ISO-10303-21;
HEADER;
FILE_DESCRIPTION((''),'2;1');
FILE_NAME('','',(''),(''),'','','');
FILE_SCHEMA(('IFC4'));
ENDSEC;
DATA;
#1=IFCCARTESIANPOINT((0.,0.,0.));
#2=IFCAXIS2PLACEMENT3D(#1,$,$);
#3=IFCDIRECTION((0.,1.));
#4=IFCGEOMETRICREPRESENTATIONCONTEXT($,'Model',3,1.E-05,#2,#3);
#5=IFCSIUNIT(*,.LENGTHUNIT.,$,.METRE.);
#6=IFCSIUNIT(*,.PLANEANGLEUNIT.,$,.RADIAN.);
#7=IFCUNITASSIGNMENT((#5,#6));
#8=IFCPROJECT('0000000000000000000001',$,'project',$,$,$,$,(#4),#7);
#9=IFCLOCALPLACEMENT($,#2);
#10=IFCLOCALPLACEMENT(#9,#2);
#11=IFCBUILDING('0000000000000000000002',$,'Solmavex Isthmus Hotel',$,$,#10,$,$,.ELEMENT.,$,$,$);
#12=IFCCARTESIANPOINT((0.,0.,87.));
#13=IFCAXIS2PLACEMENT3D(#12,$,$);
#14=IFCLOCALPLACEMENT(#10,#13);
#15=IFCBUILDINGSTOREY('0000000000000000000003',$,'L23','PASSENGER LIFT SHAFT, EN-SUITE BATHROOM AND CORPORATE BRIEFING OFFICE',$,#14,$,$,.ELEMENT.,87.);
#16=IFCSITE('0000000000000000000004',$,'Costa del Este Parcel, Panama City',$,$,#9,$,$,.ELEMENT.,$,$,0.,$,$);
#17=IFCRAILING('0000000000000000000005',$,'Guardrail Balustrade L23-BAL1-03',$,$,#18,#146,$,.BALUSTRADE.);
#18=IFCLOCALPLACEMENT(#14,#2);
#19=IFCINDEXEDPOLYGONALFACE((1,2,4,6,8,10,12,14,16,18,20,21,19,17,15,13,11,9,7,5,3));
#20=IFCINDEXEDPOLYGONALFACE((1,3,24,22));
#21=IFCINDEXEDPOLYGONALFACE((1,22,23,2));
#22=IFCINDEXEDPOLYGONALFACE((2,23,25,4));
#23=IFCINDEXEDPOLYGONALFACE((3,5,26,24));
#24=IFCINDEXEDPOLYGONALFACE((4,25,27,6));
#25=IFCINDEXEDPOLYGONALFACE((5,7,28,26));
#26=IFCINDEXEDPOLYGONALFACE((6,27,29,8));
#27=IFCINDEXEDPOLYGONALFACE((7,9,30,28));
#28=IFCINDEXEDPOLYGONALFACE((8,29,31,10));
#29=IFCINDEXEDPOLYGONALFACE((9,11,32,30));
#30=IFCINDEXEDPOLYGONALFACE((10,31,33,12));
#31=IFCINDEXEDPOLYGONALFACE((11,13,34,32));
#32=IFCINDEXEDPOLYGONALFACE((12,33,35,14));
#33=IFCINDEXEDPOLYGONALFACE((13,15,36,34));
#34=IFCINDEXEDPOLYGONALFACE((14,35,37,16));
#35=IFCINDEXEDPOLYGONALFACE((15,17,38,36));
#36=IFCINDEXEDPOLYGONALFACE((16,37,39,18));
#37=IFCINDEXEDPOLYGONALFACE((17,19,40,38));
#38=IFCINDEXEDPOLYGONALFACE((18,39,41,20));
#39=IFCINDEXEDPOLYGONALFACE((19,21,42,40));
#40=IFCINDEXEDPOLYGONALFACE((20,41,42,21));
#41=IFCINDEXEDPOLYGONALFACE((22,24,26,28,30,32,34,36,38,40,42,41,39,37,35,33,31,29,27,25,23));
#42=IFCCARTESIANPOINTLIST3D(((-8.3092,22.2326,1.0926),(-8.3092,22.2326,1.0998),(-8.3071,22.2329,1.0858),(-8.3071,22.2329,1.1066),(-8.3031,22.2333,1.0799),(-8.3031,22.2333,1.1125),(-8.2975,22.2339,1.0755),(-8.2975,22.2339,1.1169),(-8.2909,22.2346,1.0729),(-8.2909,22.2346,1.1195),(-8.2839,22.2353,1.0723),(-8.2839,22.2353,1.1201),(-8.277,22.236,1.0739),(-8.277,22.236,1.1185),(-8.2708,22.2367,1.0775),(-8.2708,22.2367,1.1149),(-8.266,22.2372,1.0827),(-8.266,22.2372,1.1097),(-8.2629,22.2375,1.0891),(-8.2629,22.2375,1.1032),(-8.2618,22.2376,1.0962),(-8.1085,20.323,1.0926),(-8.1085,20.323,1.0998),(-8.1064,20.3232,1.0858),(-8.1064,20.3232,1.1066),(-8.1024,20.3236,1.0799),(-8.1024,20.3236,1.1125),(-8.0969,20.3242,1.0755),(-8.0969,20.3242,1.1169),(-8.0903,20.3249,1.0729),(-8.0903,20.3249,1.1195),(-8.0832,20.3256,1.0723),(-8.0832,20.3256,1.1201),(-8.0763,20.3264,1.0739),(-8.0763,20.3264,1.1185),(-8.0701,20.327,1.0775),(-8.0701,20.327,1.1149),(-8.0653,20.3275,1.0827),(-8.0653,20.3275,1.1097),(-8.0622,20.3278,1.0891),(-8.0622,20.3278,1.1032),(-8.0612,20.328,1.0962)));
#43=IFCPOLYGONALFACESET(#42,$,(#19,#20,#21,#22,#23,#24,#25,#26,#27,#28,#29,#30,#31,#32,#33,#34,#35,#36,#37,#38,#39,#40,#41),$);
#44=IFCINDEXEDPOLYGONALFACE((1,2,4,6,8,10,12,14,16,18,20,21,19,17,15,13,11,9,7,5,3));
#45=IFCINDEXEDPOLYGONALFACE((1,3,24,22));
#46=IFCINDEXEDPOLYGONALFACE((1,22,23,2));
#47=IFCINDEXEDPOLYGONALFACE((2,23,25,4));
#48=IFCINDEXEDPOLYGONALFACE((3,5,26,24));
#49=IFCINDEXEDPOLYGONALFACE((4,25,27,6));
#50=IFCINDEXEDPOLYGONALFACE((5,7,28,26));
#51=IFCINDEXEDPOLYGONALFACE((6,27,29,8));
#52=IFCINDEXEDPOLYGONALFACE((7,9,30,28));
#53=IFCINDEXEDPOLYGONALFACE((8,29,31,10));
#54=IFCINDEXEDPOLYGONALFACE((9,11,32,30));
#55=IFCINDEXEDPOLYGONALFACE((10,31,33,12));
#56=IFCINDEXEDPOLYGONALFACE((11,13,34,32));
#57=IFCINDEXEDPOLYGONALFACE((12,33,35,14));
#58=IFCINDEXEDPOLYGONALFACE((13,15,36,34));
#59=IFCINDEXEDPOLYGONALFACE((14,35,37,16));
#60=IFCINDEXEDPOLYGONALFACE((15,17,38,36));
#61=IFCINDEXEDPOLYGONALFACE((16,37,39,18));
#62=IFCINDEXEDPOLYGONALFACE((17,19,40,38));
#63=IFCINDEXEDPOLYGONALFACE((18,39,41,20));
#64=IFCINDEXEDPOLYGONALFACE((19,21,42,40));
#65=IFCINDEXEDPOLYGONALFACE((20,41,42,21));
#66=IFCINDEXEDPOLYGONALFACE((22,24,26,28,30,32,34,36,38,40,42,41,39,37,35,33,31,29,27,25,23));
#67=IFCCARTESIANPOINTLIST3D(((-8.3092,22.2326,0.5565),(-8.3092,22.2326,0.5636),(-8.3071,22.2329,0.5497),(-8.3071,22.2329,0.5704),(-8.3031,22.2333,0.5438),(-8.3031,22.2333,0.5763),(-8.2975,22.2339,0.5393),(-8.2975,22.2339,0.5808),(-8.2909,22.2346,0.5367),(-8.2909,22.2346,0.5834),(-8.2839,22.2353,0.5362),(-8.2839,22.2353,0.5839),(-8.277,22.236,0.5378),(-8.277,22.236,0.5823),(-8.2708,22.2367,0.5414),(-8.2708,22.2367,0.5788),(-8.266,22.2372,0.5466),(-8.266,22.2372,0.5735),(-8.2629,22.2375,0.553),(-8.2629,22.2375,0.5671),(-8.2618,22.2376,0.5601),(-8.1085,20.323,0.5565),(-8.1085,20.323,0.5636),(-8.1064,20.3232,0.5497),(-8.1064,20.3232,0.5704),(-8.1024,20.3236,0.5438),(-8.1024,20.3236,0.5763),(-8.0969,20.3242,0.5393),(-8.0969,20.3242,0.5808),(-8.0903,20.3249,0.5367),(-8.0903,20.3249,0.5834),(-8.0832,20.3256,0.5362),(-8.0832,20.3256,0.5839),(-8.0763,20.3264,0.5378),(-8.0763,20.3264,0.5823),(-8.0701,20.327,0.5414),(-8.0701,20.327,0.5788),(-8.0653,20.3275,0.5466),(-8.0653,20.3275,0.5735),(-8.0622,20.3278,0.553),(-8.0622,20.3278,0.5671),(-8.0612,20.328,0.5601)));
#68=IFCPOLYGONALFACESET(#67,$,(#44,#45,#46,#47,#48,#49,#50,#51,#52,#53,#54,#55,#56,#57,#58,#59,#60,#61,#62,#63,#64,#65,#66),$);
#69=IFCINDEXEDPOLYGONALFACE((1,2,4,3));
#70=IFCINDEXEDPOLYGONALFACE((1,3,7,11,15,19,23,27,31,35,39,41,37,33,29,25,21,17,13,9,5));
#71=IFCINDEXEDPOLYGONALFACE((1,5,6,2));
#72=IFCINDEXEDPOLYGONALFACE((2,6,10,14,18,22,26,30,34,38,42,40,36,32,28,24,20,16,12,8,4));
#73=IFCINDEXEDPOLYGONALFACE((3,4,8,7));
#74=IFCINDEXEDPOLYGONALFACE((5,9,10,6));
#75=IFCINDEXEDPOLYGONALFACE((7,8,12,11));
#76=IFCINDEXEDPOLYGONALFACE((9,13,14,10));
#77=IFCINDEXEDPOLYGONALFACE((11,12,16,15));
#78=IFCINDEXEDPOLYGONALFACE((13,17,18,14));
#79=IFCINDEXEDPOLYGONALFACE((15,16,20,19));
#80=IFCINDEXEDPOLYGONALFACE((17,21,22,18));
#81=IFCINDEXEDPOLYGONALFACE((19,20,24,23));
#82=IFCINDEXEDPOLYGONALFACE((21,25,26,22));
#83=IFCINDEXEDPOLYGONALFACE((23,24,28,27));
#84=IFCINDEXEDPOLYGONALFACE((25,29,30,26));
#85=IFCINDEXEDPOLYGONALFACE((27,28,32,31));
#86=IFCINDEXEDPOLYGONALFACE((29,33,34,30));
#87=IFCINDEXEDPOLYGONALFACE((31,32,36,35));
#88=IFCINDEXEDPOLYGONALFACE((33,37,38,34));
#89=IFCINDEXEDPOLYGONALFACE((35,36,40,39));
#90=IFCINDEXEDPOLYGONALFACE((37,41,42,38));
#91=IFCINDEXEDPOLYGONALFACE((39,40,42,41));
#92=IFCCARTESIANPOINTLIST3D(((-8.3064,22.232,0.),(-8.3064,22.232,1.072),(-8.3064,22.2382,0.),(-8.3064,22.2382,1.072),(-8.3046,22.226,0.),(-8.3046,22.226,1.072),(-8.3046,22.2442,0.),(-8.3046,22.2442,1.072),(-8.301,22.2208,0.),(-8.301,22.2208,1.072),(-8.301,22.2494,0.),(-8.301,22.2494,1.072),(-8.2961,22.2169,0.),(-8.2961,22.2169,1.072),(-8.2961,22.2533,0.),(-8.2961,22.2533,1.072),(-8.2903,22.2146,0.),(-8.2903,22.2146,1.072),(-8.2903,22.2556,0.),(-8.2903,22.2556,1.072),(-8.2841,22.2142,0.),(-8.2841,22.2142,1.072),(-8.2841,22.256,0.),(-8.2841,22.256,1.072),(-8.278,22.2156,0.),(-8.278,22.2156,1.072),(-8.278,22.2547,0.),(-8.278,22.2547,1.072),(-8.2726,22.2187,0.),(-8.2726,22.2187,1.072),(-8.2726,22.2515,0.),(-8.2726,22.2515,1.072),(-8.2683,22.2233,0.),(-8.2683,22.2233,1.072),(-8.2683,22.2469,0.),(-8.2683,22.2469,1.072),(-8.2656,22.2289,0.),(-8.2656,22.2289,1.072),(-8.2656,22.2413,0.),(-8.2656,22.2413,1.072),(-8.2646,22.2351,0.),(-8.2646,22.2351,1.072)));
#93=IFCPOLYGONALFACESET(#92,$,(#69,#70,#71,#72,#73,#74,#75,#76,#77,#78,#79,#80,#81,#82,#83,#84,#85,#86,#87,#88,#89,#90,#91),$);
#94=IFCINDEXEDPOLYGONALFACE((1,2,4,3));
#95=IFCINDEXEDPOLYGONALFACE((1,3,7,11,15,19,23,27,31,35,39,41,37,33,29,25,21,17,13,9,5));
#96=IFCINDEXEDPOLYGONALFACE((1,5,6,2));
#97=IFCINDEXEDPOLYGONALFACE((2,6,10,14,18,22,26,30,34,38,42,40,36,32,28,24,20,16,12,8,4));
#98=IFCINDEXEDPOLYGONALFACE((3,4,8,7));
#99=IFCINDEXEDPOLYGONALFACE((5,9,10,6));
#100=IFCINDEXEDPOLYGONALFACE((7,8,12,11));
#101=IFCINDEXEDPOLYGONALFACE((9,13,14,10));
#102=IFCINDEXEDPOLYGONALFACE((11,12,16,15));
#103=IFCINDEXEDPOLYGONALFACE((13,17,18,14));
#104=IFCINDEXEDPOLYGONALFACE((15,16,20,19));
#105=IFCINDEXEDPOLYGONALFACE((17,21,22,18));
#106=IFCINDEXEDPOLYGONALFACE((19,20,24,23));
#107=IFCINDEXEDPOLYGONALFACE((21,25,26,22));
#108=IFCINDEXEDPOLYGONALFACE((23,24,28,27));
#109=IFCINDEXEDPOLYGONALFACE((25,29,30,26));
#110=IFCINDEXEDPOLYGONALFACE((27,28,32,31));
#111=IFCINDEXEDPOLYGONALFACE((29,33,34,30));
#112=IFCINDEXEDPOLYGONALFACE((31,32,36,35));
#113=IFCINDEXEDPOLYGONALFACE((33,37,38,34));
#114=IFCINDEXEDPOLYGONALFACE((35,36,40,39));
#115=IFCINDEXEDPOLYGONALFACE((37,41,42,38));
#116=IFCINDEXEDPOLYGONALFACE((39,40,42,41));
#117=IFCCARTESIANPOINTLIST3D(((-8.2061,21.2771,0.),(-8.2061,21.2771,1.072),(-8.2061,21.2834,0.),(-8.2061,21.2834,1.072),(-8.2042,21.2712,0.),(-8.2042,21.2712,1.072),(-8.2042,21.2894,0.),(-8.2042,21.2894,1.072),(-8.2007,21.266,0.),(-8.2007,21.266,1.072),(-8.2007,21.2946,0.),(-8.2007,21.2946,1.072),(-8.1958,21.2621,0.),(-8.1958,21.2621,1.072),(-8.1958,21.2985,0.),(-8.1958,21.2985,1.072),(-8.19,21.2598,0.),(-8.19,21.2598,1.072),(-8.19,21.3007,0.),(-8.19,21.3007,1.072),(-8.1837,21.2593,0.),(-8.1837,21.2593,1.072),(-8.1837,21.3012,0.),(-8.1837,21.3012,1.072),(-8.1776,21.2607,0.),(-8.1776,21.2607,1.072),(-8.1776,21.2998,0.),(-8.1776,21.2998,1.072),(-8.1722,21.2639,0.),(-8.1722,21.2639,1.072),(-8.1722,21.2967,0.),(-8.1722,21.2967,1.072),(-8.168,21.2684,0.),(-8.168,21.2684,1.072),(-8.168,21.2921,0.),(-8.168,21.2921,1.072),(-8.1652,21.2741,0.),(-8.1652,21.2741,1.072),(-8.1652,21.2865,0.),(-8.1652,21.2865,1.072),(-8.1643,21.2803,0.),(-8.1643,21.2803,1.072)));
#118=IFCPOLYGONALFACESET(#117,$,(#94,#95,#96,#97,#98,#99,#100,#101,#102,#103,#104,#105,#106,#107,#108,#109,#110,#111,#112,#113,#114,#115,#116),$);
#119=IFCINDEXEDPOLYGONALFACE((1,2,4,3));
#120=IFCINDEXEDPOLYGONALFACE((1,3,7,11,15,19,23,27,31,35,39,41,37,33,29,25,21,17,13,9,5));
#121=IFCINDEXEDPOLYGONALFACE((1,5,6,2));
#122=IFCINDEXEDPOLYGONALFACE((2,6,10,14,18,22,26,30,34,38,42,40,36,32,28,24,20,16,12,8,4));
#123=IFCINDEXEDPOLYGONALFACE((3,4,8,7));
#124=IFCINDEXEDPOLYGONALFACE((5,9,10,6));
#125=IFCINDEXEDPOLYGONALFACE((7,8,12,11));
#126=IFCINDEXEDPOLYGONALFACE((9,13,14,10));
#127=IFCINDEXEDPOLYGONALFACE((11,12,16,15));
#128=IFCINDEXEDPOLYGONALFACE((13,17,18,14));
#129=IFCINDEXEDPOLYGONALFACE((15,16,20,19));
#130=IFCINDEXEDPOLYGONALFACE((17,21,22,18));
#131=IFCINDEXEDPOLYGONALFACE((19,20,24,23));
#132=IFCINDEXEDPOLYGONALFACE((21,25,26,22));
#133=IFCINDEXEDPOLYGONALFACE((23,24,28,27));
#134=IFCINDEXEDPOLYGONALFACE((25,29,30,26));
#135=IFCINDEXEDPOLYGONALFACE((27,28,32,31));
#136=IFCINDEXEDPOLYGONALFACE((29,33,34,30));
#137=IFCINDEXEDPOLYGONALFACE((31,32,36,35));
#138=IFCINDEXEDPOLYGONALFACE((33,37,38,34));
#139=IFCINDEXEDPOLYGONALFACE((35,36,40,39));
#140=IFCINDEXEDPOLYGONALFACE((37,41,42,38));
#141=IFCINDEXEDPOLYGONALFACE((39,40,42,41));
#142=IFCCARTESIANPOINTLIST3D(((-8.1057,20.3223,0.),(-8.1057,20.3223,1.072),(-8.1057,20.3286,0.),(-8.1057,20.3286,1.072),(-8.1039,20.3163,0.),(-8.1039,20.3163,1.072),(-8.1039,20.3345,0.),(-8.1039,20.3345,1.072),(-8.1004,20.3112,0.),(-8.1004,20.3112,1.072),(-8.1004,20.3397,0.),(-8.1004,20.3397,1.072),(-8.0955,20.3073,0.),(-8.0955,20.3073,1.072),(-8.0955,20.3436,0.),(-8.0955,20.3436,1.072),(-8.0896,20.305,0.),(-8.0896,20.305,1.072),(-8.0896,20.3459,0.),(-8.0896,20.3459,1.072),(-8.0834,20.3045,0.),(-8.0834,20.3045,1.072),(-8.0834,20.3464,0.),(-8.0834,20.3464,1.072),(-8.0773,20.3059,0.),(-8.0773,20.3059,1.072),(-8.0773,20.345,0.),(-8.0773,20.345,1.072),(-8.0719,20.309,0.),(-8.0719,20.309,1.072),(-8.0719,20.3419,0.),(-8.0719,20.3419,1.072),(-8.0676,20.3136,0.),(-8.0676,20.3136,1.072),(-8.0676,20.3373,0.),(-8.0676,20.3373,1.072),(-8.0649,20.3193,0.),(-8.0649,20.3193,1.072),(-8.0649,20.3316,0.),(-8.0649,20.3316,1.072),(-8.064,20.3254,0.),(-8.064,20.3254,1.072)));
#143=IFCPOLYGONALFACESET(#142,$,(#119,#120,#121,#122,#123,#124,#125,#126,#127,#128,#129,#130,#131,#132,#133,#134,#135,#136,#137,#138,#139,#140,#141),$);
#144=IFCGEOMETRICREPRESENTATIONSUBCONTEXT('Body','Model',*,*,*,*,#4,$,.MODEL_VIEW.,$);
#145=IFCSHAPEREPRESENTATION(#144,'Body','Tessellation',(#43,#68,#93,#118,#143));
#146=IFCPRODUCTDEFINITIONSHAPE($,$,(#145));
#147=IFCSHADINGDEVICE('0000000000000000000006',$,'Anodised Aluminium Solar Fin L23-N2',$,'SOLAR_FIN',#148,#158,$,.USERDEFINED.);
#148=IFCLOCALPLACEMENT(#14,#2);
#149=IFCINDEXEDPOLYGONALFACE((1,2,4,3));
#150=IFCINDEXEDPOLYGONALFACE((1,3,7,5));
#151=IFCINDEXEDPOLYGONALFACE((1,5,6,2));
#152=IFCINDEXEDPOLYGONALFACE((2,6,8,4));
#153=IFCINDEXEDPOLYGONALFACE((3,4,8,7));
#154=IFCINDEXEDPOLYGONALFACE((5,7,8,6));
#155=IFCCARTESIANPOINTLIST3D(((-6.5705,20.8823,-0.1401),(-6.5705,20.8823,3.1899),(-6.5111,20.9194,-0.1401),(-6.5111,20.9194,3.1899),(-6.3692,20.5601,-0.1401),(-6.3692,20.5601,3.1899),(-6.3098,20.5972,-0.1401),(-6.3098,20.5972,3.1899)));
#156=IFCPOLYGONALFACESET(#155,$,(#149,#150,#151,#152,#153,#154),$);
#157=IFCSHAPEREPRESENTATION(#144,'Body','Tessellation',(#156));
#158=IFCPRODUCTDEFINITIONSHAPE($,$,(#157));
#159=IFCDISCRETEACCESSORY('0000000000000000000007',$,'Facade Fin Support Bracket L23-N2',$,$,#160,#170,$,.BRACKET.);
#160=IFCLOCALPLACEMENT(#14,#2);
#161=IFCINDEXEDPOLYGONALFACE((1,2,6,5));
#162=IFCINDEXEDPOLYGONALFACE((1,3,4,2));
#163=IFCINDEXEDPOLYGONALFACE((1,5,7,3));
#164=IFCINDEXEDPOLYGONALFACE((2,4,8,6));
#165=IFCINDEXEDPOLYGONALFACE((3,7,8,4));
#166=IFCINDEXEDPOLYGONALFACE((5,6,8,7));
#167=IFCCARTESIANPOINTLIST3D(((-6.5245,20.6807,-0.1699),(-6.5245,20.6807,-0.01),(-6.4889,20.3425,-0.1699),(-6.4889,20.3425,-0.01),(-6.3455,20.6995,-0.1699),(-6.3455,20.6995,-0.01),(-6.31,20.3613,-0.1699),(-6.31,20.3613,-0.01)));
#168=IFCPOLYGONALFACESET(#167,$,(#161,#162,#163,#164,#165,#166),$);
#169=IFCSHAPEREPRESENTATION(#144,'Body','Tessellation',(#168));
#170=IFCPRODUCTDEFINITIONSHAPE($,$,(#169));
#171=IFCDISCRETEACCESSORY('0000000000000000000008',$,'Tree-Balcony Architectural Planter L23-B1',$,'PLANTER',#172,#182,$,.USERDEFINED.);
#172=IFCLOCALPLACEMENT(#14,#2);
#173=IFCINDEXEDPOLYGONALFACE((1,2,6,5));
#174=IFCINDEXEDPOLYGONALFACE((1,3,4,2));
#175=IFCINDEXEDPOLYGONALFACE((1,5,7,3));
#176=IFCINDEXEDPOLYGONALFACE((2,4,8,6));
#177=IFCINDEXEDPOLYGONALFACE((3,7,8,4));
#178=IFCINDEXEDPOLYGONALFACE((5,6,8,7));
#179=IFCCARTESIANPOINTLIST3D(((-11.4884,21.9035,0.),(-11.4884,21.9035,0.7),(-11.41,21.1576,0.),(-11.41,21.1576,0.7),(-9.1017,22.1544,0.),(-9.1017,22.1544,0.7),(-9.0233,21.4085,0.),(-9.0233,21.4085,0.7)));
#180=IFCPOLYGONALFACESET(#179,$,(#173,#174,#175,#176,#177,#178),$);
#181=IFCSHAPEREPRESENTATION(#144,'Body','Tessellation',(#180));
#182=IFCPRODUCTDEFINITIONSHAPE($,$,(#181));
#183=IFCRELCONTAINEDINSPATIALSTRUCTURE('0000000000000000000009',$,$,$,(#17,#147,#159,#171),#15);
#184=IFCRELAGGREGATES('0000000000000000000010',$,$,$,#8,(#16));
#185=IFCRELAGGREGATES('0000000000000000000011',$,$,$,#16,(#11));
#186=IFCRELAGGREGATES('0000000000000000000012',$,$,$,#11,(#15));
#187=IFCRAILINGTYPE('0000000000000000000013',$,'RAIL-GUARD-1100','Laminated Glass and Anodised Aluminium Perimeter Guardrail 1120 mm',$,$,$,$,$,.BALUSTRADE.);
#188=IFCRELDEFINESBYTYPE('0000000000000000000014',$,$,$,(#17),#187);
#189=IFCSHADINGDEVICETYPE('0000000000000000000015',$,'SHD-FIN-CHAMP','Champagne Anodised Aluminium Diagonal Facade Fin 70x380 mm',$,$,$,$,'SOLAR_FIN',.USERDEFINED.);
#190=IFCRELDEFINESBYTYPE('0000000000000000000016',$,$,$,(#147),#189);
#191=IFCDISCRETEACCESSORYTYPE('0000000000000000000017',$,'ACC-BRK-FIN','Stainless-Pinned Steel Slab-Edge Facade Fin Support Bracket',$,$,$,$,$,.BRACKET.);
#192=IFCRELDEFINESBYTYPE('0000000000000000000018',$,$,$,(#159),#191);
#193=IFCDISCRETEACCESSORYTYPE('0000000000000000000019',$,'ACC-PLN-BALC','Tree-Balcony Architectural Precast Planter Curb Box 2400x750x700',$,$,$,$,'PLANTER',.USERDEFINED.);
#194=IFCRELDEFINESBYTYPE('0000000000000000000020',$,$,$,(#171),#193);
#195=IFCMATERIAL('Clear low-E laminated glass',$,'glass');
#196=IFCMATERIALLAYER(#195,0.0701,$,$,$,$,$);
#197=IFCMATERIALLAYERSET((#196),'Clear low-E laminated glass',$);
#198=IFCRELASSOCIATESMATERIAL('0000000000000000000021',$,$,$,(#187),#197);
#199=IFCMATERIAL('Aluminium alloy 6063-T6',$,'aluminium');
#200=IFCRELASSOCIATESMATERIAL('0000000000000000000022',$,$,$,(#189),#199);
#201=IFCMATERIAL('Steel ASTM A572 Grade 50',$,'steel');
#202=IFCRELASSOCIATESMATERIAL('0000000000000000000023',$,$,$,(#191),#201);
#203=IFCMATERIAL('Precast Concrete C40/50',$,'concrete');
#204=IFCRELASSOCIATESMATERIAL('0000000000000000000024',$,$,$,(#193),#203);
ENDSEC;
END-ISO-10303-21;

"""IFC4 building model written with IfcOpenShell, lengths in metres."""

from ifc_helpers import new_model, si_unit, direction, frame, origin, origin_2d, place, context, subcontext, project, spatial, rectangle, circle, extrude, material, layer, layer_set, type_object, element, save


model = new_model("IFC4")

# Units and contexts
model_context = context("Model", 3, precision=1e-05, world=origin(), true_north=direction((0.0, 1.0)))
body_context = subcontext(model_context, "Body", "Model", "MODEL_VIEW")
ifc_project = project(units=[si_unit("LENGTHUNIT", "METRE"), si_unit("PLANEANGLEUNIT", "RADIAN")], contexts=[model_context])

# Site, building, storey
site_placement = place(None, origin())
site = spatial("IfcSite", under=ifc_project, at=site_placement, Name="Costa del Este Parcel, Panama City", CompositionType="ELEMENT", RefElevation=0.0)
building_placement = place(site_placement, origin())
building = spatial("IfcBuilding", under=site, at=building_placement, Name="Solmavex Isthmus Hotel", CompositionType="ELEMENT")
storey_placement = place(building_placement, frame((0.0, 0.0, 87.0)))
storey = spatial("IfcBuildingStorey", under=building, at=storey_placement, Name="L23", Description="PASSENGER LIFT SHAFT, EN-SUITE BATHROOM AND CORPORATE BRIEFING OFFICE", CompositionType="ELEMENT", Elevation=87.0)

# Shared definitions
ifc_material_1 = material(Name="Aluminium alloy 6063-T6", Category="aluminium")

# Shared definitions
ifc_material_2 = material(Name="Clear low-E laminated glass", Category="glass")

# Shared definitions
ifc_material_3 = material(Name="Precast Concrete C40/50", Category="concrete")

# Railing
ifc_layer_1 = layer(ifc_material_2, 0.0701)
ifc_layer_set_1 = layer_set([ifc_layer_1], Name="Clear low-E laminated glass")
railing_type = type_object("IfcRailingType", Name="RAIL-GUARD-1100", Description="Laminated Glass and Anodised Aluminium Perimeter Guardrail 1120 mm", PredefinedType="BALUSTRADE", material=ifc_layer_set_1)
railing_1_placement = place(storey_placement, frame((-8.2856, 22.2351, 0.0)))
element("IfcRailing", 1, at=railing_1_placement, inside=storey, type_object=railing_type, Name="Guardrail Balustrade L23-BAL1-03", PredefinedType="BALUSTRADE", context=body_context, shape_type="SweptSolid", body=[
    extrude(circle(Radius=0.0239, at=origin_2d()), frame((0.0, 0.0, 1.0962), z_axis=(0.104513, -0.994524, 0.0), x_axis=(0.994524, 0.104513, 0.0)), (0.0, 0.0, 1.0), 1.9202),
    extrude(circle(Radius=0.0239, at=origin_2d()), frame((0.0, 0.0, 0.5601), z_axis=(0.104513, -0.994524, 0.0), x_axis=(0.994524, 0.104513, 0.0)), (0.0, 0.0, 1.0), 1.9202),
    extrude(circle(Radius=0.021, at=origin_2d()), origin(), (0.0, 0.0, 1.0), 1.072),
    extrude(circle(Radius=0.021, at=origin_2d()), frame((0.1003, -0.9548, 0.0)), (0.0, 0.0, 1.0), 1.072),
    extrude(circle(Radius=0.021, at=origin_2d()), frame((0.2007, -1.9097, 0.0)), (0.0, 0.0, 1.0), 1.072),
])

# Shading device
shading_device_type = type_object("IfcShadingDeviceType", Name="SHD-FIN-CHAMP", Description="Champagne Anodised Aluminium Diagonal Facade Fin 70x380 mm", ElementType="SOLAR_FIN", PredefinedType="USERDEFINED", material=ifc_material_1)
shading_device_placement = place(storey_placement, frame((-6.4402, 20.7397, -0.1401), z_axis=(0.0, 0.0, 1.0), x_axis=(-0.529919, 0.848048, 0.0)))
element("IfcShadingDevice", 2, at=shading_device_placement, inside=storey, type_object=shading_device_type, Name="Anodised Aluminium Solar Fin L23-N2", ObjectType="SOLAR_FIN", PredefinedType="USERDEFINED", context=body_context, shape_type="SweptSolid", body=[
    extrude(rectangle(XDim=0.3799, YDim=0.0701, at=origin_2d()), origin(), (0.0, 0.0, 1.0), 3.3301),
])

# Discrete accessories
ifc_material_4 = material(Name="Steel ASTM A572 Grade 50", Category="steel")
discrete_accessory_type_1 = type_object("IfcDiscreteAccessoryType", Name="ACC-BRK-FIN", Description="Stainless-Pinned Steel Slab-Edge Facade Fin Support Bracket", PredefinedType="BRACKET", material=ifc_material_4)
discrete_accessory_1_placement = place(storey_placement, frame((-6.4172, 20.521, -0.1699), z_axis=(0.0, 0.0, 1.0), x_axis=(-0.104528, 0.994522, 0.0)))
element("IfcDiscreteAccessory", 3, at=discrete_accessory_1_placement, inside=storey, type_object=discrete_accessory_type_1, Name="Facade Fin Support Bracket L23-N2", PredefinedType="BRACKET", context=body_context, shape_type="SweptSolid", body=[
    extrude(rectangle(XDim=0.3401, YDim=0.1799, at=origin_2d()), origin(), (0.0, 0.0, 1.0), 0.1599),
])
discrete_accessory_type_2 = type_object("IfcDiscreteAccessoryType", Name="ACC-PLN-BALC", Description="Tree-Balcony Architectural Precast Planter Curb Box 2400x750x700", ElementType="PLANTER", PredefinedType="USERDEFINED", material=ifc_material_3)
discrete_accessory_2_placement = place(storey_placement, frame((-10.2559, 21.656, 0.0), z_axis=(0.0, 0.0, 1.0), x_axis=(0.994522, 0.104528, 0.0)))
element("IfcDiscreteAccessory", 4, at=discrete_accessory_2_placement, inside=storey, type_object=discrete_accessory_type_2, Name="Tree-Balcony Architectural Planter L23-B1", ObjectType="PLANTER", PredefinedType="USERDEFINED", context=body_context, shape_type="SweptSolid", body=[
    extrude(rectangle(XDim=2.3999, YDim=0.75, at=origin_2d()), origin(), (0.0, 0.0, 1.0), 0.7),
])

save(model, "model.ifc")
